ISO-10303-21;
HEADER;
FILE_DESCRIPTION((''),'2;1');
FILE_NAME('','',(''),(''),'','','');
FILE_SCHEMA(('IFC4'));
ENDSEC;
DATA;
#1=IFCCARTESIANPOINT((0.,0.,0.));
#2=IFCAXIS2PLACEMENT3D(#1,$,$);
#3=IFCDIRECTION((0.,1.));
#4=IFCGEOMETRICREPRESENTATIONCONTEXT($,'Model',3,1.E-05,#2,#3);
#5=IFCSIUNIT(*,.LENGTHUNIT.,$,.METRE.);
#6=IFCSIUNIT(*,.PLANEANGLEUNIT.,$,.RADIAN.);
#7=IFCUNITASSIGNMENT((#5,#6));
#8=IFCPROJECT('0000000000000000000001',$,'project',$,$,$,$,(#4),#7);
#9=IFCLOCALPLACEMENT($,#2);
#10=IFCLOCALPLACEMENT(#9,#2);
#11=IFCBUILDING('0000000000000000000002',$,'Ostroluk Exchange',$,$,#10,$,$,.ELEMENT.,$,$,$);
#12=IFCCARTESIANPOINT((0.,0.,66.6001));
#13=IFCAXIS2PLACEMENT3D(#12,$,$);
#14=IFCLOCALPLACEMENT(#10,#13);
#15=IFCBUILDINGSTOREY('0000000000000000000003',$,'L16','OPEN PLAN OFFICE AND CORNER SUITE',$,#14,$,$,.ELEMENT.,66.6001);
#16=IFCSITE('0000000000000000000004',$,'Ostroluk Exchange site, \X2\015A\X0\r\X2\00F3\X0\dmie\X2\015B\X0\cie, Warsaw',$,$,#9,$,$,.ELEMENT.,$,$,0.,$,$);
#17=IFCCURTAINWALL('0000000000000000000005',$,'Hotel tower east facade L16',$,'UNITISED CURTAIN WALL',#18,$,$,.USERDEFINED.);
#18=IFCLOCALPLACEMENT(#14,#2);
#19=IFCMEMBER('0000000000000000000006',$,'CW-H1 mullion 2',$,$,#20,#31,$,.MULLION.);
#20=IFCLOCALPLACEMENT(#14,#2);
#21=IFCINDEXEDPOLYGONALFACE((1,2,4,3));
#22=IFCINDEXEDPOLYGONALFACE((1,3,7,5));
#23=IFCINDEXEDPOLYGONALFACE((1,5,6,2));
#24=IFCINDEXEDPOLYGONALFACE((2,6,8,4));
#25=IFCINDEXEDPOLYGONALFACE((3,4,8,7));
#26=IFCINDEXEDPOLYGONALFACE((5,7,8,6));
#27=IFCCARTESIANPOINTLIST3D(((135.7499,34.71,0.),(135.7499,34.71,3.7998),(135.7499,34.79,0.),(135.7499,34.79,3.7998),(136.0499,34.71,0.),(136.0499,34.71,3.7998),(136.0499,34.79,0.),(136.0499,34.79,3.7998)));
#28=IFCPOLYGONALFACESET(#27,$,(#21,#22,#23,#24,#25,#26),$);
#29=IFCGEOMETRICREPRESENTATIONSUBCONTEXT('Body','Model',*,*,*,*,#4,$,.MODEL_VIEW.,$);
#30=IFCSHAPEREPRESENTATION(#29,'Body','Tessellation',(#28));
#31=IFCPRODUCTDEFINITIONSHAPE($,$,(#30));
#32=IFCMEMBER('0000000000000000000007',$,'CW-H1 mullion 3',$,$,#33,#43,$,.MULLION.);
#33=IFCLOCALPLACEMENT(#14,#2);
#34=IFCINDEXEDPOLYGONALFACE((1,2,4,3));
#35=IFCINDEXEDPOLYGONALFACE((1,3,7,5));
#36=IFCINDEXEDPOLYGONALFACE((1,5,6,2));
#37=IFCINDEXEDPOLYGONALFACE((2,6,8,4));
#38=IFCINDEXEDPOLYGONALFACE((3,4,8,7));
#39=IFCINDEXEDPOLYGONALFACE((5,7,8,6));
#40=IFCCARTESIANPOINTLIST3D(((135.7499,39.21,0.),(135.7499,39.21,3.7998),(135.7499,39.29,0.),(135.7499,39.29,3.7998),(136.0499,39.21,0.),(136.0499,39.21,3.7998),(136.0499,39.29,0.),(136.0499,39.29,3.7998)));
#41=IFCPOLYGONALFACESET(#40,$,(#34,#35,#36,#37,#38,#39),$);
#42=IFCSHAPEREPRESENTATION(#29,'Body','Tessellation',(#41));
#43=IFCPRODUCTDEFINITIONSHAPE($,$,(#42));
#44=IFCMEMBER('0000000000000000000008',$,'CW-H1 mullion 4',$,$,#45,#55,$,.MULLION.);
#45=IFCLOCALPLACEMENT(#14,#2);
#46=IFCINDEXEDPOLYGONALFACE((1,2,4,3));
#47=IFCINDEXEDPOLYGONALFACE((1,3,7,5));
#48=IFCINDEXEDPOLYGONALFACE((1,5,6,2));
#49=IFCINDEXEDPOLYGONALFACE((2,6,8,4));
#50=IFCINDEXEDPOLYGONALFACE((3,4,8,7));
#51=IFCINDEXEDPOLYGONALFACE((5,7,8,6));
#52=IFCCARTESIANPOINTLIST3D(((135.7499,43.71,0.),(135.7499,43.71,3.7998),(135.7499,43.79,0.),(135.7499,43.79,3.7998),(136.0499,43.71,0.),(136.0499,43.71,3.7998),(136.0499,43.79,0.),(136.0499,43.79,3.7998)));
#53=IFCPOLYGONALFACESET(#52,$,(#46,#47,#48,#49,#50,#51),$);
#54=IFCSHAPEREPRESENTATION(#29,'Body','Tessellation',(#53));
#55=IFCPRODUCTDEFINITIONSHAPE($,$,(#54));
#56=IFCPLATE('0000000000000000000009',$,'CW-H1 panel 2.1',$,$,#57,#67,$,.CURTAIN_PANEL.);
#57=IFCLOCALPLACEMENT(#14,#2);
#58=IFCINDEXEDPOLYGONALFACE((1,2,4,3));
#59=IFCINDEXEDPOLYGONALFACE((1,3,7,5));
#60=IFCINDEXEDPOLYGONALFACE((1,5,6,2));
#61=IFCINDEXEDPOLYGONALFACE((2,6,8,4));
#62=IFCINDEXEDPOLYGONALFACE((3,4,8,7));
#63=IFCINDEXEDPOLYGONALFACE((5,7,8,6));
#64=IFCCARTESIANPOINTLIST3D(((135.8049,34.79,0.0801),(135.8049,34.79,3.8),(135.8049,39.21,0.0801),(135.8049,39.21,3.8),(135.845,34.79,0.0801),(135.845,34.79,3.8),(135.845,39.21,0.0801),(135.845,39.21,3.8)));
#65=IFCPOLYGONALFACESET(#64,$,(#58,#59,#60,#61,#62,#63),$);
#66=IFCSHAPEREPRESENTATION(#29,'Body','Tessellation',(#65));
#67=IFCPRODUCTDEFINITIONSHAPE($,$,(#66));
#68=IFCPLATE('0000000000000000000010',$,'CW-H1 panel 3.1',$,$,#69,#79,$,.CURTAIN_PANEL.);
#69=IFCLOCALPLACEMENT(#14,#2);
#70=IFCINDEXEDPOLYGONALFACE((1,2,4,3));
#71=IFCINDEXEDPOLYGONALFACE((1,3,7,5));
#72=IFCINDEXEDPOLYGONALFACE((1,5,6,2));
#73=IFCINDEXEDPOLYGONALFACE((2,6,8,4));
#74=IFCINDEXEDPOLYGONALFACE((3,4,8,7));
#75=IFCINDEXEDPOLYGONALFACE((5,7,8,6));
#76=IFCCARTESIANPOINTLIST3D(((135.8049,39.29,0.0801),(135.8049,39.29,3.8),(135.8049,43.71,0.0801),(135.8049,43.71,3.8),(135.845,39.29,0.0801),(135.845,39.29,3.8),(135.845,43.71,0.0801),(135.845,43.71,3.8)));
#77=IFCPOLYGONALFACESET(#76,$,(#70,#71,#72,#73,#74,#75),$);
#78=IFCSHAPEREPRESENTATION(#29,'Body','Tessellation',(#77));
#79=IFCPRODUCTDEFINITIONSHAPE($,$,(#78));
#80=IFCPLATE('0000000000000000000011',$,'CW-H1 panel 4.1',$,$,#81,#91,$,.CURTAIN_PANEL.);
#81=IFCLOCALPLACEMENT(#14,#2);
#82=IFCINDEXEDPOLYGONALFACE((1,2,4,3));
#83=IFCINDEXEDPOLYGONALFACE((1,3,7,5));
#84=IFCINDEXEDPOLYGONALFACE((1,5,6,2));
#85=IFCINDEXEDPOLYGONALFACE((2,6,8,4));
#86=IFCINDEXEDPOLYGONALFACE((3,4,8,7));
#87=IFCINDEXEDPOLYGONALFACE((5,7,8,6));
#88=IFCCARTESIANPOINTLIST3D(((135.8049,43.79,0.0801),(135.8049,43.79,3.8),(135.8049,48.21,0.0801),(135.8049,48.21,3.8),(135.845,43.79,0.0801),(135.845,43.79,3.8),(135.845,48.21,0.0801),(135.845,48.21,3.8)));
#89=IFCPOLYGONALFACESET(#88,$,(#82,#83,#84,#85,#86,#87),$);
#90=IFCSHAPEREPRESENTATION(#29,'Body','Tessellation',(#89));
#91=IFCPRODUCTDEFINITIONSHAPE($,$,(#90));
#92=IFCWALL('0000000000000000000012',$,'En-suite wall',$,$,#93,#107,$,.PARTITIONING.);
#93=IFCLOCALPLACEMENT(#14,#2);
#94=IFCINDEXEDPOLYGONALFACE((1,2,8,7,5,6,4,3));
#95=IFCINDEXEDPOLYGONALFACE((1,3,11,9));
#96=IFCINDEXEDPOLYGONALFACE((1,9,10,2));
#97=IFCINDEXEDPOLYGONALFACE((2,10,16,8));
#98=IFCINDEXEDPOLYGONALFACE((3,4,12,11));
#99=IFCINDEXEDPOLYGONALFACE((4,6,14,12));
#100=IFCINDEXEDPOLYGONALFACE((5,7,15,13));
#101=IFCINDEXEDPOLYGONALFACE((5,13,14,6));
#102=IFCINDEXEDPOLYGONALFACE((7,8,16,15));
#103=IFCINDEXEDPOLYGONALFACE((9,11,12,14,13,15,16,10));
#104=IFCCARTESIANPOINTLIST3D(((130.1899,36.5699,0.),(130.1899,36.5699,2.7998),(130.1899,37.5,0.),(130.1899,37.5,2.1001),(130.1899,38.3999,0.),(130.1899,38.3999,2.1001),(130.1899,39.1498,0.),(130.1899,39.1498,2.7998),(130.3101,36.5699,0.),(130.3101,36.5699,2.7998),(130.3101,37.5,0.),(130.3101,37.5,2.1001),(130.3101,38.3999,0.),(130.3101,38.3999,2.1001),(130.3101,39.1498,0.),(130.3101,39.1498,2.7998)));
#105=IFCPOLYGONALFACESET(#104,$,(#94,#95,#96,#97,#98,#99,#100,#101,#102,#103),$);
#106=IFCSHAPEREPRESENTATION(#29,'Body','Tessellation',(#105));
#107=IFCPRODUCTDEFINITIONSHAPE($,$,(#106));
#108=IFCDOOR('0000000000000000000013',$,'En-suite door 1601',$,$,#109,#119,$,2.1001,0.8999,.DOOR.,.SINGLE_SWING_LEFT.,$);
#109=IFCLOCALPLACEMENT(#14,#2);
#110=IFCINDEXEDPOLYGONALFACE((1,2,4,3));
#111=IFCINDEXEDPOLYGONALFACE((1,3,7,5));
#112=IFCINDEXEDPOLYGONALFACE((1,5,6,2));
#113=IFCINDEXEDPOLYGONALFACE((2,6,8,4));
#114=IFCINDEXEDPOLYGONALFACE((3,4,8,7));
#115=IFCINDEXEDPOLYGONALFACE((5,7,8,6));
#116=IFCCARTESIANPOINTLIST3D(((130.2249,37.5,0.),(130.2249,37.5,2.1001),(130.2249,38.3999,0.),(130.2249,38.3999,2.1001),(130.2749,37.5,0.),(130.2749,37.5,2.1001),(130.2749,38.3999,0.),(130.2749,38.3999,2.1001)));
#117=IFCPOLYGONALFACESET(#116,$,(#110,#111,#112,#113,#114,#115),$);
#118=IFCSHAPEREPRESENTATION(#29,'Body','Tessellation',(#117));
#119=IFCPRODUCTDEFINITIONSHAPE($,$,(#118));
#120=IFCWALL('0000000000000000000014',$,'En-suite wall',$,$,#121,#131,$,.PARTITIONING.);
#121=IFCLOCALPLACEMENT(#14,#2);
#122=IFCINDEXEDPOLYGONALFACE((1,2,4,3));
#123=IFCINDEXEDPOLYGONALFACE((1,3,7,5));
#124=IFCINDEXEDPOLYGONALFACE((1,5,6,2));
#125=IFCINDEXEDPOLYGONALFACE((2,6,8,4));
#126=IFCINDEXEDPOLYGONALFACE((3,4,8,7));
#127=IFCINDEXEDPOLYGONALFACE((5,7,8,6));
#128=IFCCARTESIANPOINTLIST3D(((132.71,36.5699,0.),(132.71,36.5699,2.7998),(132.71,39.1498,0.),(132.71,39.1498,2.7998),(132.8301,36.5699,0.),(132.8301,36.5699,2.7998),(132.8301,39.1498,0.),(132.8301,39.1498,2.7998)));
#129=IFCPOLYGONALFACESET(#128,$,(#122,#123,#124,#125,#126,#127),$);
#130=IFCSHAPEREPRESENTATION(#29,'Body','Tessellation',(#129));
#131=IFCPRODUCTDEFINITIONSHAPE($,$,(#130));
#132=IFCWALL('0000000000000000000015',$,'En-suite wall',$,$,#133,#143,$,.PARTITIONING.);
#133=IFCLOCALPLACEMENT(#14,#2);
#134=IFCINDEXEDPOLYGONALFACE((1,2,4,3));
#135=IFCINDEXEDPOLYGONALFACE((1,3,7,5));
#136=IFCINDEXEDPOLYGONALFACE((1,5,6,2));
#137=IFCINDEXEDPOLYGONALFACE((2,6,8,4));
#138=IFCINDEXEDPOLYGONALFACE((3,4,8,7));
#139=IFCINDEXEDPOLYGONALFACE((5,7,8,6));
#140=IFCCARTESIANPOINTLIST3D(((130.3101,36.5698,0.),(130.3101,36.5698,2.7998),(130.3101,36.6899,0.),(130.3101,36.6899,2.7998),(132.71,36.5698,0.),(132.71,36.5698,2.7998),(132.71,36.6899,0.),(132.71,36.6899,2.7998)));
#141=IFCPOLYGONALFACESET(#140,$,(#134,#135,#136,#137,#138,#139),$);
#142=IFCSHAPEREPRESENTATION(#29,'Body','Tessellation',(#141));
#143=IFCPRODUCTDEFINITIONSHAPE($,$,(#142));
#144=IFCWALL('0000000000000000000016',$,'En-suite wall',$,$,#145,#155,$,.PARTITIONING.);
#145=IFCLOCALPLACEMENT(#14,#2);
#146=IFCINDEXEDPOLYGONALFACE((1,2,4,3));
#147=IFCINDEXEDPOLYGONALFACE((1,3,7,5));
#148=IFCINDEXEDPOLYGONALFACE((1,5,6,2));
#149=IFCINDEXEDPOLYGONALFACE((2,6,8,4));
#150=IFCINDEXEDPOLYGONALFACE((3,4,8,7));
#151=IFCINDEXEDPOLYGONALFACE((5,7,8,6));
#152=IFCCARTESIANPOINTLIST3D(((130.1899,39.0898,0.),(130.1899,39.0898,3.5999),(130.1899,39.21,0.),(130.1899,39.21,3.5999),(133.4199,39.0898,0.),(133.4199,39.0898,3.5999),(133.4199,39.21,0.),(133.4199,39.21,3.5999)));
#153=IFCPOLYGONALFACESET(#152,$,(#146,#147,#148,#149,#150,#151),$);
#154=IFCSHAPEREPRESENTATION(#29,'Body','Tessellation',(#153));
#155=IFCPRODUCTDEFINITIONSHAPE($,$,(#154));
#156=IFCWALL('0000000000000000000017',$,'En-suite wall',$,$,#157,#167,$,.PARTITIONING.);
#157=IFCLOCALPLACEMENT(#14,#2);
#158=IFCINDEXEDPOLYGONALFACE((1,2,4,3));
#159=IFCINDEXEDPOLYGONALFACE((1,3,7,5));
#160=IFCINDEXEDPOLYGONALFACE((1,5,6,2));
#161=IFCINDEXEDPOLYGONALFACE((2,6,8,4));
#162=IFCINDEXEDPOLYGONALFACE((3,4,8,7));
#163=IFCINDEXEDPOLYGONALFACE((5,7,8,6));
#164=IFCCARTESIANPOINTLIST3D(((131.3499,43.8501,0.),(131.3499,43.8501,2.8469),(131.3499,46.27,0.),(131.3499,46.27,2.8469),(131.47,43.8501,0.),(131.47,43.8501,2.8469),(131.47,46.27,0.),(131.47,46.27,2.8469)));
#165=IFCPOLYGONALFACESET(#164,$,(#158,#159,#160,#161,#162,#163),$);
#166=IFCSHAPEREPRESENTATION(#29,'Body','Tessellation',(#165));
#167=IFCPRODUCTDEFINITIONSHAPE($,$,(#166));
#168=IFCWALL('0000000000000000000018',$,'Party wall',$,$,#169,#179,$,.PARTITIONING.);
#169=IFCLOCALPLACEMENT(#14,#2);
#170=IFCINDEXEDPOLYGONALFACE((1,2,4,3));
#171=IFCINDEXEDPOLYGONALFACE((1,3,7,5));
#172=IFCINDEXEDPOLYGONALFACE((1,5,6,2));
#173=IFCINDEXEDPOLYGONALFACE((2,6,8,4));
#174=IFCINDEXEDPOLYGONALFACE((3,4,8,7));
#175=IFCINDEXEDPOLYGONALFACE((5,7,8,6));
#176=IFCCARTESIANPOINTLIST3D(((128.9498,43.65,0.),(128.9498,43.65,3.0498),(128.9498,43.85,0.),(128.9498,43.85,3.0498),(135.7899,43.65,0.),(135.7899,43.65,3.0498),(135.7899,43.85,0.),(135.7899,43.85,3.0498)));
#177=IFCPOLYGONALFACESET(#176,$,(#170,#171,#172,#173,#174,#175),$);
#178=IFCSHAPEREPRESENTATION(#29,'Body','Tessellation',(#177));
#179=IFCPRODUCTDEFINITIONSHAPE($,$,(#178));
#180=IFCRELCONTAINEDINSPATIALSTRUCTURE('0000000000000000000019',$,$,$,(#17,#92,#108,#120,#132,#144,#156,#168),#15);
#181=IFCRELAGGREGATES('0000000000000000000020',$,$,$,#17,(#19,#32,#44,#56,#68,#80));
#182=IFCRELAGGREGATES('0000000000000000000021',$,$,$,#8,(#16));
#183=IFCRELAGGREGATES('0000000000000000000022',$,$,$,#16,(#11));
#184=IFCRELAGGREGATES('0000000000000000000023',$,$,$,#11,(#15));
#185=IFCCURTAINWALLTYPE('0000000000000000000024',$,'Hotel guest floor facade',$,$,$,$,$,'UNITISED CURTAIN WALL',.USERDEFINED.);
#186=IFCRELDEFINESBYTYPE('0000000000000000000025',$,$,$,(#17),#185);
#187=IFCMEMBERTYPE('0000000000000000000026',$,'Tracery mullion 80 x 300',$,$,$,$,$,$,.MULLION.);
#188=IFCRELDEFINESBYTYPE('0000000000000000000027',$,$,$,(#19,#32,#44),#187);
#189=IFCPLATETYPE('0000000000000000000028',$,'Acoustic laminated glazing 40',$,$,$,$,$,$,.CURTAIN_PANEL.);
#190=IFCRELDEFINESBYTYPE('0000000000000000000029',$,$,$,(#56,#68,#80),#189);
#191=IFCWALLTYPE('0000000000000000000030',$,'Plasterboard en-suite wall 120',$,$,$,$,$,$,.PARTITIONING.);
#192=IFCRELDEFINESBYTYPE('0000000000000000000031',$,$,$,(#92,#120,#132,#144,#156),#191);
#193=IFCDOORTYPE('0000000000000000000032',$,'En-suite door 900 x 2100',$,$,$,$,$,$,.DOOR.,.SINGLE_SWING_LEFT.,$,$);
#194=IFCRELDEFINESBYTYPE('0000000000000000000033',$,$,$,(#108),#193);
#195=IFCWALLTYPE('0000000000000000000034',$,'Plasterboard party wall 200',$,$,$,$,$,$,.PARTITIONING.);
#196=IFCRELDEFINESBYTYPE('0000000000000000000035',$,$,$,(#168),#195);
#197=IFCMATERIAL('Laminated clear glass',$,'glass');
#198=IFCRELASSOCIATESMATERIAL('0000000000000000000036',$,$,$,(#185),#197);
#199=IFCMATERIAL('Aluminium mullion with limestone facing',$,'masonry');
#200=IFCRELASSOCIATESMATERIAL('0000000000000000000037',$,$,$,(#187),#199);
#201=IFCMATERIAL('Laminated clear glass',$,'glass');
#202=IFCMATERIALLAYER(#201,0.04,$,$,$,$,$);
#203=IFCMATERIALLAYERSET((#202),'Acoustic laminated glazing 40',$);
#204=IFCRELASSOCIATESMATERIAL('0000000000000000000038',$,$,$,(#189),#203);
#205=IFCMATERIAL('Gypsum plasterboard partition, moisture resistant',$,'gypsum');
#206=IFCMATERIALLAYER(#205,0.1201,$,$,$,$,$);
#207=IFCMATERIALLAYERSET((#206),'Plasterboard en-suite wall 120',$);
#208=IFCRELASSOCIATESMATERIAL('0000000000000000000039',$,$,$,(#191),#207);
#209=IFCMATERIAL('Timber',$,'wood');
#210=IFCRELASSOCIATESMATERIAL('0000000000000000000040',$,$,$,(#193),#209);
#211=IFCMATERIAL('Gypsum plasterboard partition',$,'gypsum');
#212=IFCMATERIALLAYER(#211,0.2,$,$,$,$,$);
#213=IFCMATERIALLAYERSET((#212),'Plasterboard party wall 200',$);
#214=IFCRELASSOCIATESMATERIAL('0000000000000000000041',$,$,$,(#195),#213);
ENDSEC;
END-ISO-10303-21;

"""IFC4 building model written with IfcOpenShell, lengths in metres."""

from ifc_helpers import new_model, si_unit, direction, frame, frame_2d, origin, origin_2d, place, context, subcontext, project, spatial, rectangle, extrude, material, layer, layer_set, material_profile, profile_set, type_object, element, fill, aggregate, save


model = new_model("IFC4")

# Units and contexts
model_context = context("Model", 3, precision=1e-05, world=origin(), true_north=direction((0.0, 1.0)))
body_context = subcontext(model_context, "Body", "Model", "MODEL_VIEW")
ifc_project = project(units=[si_unit("LENGTHUNIT", "METRE"), si_unit("PLANEANGLEUNIT", "RADIAN")], contexts=[model_context])

# Site, building, storey
site_placement = place(None, origin())
site = spatial("IfcSite", under=ifc_project, at=site_placement, Name="Ostroluk Exchange site, Śródmieście, Warsaw", CompositionType="ELEMENT", RefElevation=0.0)
building_placement = place(site_placement, origin())
building = spatial("IfcBuilding", under=site, at=building_placement, Name="Ostroluk Exchange", CompositionType="ELEMENT")
storey_placement = place(building_placement, frame((0.0, 0.0, 66.6001)))
storey = spatial("IfcBuildingStorey", under=building, at=storey_placement, Name="L16", Description="OPEN PLAN OFFICE AND CORNER SUITE", CompositionType="ELEMENT", Elevation=66.6001)

# Curtain wall, members, plates
ifc_material_1 = material(Name="Laminated clear glass", Category="glass")
curtain_wall_type = type_object("IfcCurtainWallType", Name="Hotel guest floor facade", ElementType="UNITISED CURTAIN WALL", PredefinedType="USERDEFINED", material=ifc_material_1)
curtain_wall_placement = place(storey_placement, origin())
curtain_wall = element("IfcCurtainWall", 1, at=curtain_wall_placement, inside=storey, type_object=curtain_wall_type, Name="Hotel tower east facade L16", ObjectType="UNITISED CURTAIN WALL", PredefinedType="USERDEFINED")
ifc_material_2 = material(Name="Aluminium mullion with limestone facing", Category="masonry")
ifc_material_profile_1 = material_profile(ifc_material_2, rectangle(XDim=0.3, YDim=0.0801, at=origin_2d()), Name="Tracery mullion 80 x 300")
ifc_profile_set_1 = profile_set([ifc_material_profile_1], Name="Aluminium mullion with limestone facing")
member_type_1 = type_object("IfcMemberType", Name="Tracery mullion 80 x 300", PredefinedType="MULLION", material=ifc_profile_set_1)
member_1_placement = place(storey_placement, frame((135.8999, 34.75, 0.0), z_axis=(0.0, 0.0, 1.0), x_axis=(-1.0, 0.0, 0.0)))
member_1 = element("IfcMember", 2, at=member_1_placement, type_object=member_type_1, Name="CW-H1 mullion 2", PredefinedType="MULLION", context=body_context, shape_type="SweptSolid", body=[
    extrude(rectangle(XDim=0.3, YDim=0.0801, at=origin_2d()), origin(), (0.0, 0.0, 1.0), 3.7998),
])
member_2_placement = place(storey_placement, frame((135.8999, 39.25, 0.0), z_axis=(0.0, 0.0, 1.0), x_axis=(-1.0, 0.0, 0.0)))
member_2 = element("IfcMember", 3, at=member_2_placement, type_object=member_type_1, Name="CW-H1 mullion 3", PredefinedType="MULLION", context=body_context, shape_type="SweptSolid", body=[
    extrude(rectangle(XDim=0.3, YDim=0.0801, at=origin_2d()), origin(), (0.0, 0.0, 1.0), 3.7998),
])
member_3_placement = place(storey_placement, frame((135.8999, 43.75, 0.0), z_axis=(0.0, 0.0, 1.0), x_axis=(-1.0, 0.0, 0.0)))
member_3 = element("IfcMember", 4, at=member_3_placement, type_object=member_type_1, Name="CW-H1 mullion 4", PredefinedType="MULLION", context=body_context, shape_type="SweptSolid", body=[
    extrude(rectangle(XDim=0.3, YDim=0.0801, at=origin_2d()), origin(), (0.0, 0.0, 1.0), 3.7998),
])
ifc_material_3 = material(Name="Laminated clear glass", Category="glass")
ifc_layer_1 = layer(ifc_material_3, 0.04)
ifc_layer_set_1 = layer_set([ifc_layer_1], Name="Acoustic laminated glazing 40")
plate_type = type_object("IfcPlateType", Name="Acoustic laminated glazing 40", PredefinedType="CURTAIN_PANEL", material=ifc_layer_set_1)
plate_1_placement = place(storey_placement, frame((135.825, 37.0, 0.0801), z_axis=(0.0, 0.0, 1.0), x_axis=(0.0, 1.0, 0.0)))
plate_1 = element("IfcPlate", 5, at=plate_1_placement, type_object=plate_type, Name="CW-H1 panel 2.1", PredefinedType="CURTAIN_PANEL", context=body_context, shape_type="SweptSolid", body=[
    extrude(rectangle(XDim=4.4199, YDim=0.04, at=origin_2d()), origin(), (0.0, 0.0, 1.0), 3.72),
])
plate_2_placement = place(storey_placement, frame((135.825, 41.5, 0.0801), z_axis=(0.0, 0.0, 1.0), x_axis=(0.0, 1.0, 0.0)))
plate_2 = element("IfcPlate", 6, at=plate_2_placement, type_object=plate_type, Name="CW-H1 panel 3.1", PredefinedType="CURTAIN_PANEL", context=body_context, shape_type="SweptSolid", body=[
    extrude(rectangle(XDim=4.4199, YDim=0.04, at=origin_2d()), origin(), (0.0, 0.0, 1.0), 3.72),
])
plate_3_placement = place(storey_placement, frame((135.825, 46.0, 0.0801), z_axis=(0.0, 0.0, 1.0), x_axis=(0.0, 1.0, 0.0)))
plate_3 = element("IfcPlate", 7, at=plate_3_placement, type_object=plate_type, Name="CW-H1 panel 4.1", PredefinedType="CURTAIN_PANEL", context=body_context, shape_type="SweptSolid", body=[
    extrude(rectangle(XDim=4.4199, YDim=0.04, at=origin_2d()), origin(), (0.0, 0.0, 1.0), 3.72),
])
aggregate(curtain_wall, [member_1, member_2, member_3, plate_1, plate_2, plate_3])

# Wall, opening, door
ifc_material_4 = material(Name="Gypsum plasterboard partition, moisture resistant", Category="gypsum")
ifc_layer_2 = layer(ifc_material_4, 0.1201)
ifc_layer_set_2 = layer_set([ifc_layer_2], Name="Plasterboard en-suite wall 120")
wall_type_1 = type_object("IfcWallType", Name="Plasterboard en-suite wall 120", PredefinedType="PARTITIONING", material=ifc_layer_set_2)
wall_1_placement = place(storey_placement, frame((130.25, 39.1499, 0.0), z_axis=(0.0, 0.0, 1.0), x_axis=(0.0, -1.0, 0.0)))
wall_1 = element("IfcWall", 8, at=wall_1_placement, inside=storey, type_object=wall_type_1, Name="En-suite wall", PredefinedType="PARTITIONING", context=body_context, shape_type="SweptSolid", body=[
    extrude(rectangle(XDim=2.5798, YDim=0.1201, at=frame_2d((1.29, 0.0))), origin(), (0.0, 0.0, 1.0), 2.7998),
])
opening_placement = place(wall_1_placement, frame((0.75, 0.0, 0.0)))
opening = element("IfcOpeningElement", 9, at=opening_placement, cuts=wall_1, PredefinedType="OPENING", context=body_context, shape_type="SweptSolid", body=[
    extrude(rectangle(XDim=0.8999, YDim=2.1001, at=frame_2d((0.45, 1.05))), frame((0.0, 0.0701, 0.0), z_axis=(0.0, -1.0, 0.0), x_axis=(1.0, 0.0, 0.0)), (0.0, 0.0, 1.0), 0.1401),
])
ifc_material_5 = material(Name="Timber", Category="wood")
door_type = type_object("IfcDoorType", Name="En-suite door 900 x 2100", OperationType="SINGLE_SWING_LEFT", PredefinedType="DOOR", material=ifc_material_5)
door_placement = place(opening_placement, origin())
door = element("IfcDoor", 10, at=door_placement, inside=storey, type_object=door_type, Name="En-suite door 1601", OperationType="SINGLE_SWING_LEFT", OverallHeight=2.1001, OverallWidth=0.8999, PredefinedType="DOOR", context=body_context, shape_type="SweptSolid", body=[
    extrude(rectangle(XDim=0.8999, YDim=2.1001, at=frame_2d((0.45, 1.05))), frame((0.0, 0.0249, 0.0), z_axis=(0.0, -1.0, 0.0), x_axis=(1.0, 0.0, 0.0)), (0.0, 0.0, 1.0), 0.05),
])
fill(opening, door)

# Walls
wall_2_placement = place(storey_placement, frame((132.77, 39.1499, 0.0), z_axis=(0.0, 0.0, 1.0), x_axis=(0.0, -1.0, 0.0)))
element("IfcWall", 11, at=wall_2_placement, inside=storey, type_object=wall_type_1, Name="En-suite wall", PredefinedType="PARTITIONING", context=body_context, shape_type="SweptSolid", body=[
    extrude(rectangle(XDim=2.5798, YDim=0.1201, at=frame_2d((1.29, 0.0))), origin(), (0.0, 0.0, 1.0), 2.7998),
])
wall_3_placement = place(storey_placement, frame((130.3101, 36.6299, 0.0), z_axis=(0.0, 0.0, 1.0), x_axis=(1.0, 0.0, 0.0)))
element("IfcWall", 12, at=wall_3_placement, inside=storey, type_object=wall_type_1, Name="En-suite wall", PredefinedType="PARTITIONING", context=body_context, shape_type="SweptSolid", body=[
    extrude(rectangle(XDim=2.3999, YDim=0.1201, at=frame_2d((1.2, 0.0))), origin(), (0.0, 0.0, 1.0), 2.7998),
])
wall_4_placement = place(storey_placement, frame((130.1899, 39.1499, 0.0), z_axis=(0.0, 0.0, 1.0), x_axis=(1.0, 0.0, 0.0)))
element("IfcWall", 13, at=wall_4_placement, inside=storey, type_object=wall_type_1, Name="En-suite wall", PredefinedType="PARTITIONING", context=body_context, shape_type="SweptSolid", body=[
    extrude(rectangle(XDim=3.23, YDim=0.1201, at=frame_2d((1.615, 0.0))), origin(), (0.0, 0.0, 1.0), 3.5999),
])
wall_5_placement = place(storey_placement, frame((131.4099, 43.8501, 0.0), z_axis=(0.0, 0.0, 1.0), x_axis=(0.0, 1.0, 0.0)))
element("IfcWall", 14, at=wall_5_placement, inside=storey, type_object=wall_type_1, Name="En-suite wall", PredefinedType="PARTITIONING", context=body_context, shape_type="SweptSolid", body=[
    extrude(rectangle(XDim=2.4199, YDim=0.1201, at=frame_2d((1.21, 0.0))), origin(), (0.0, 0.0, 1.0), 2.8469),
])
ifc_material_6 = material(Name="Gypsum plasterboard partition", Category="gypsum")
ifc_layer_3 = layer(ifc_material_6, 0.2)
ifc_layer_set_3 = layer_set([ifc_layer_3], Name="Plasterboard party wall 200")
wall_type_2 = type_object("IfcWallType", Name="Plasterboard party wall 200", PredefinedType="PARTITIONING", material=ifc_layer_set_3)
wall_6_placement = place(storey_placement, frame((128.95, 43.75, 0.0), z_axis=(0.0, 0.0, 1.0), x_axis=(1.0, 0.0, 0.0)))
element("IfcWall", 15, at=wall_6_placement, inside=storey, type_object=wall_type_2, Name="Party wall", PredefinedType="PARTITIONING", context=body_context, shape_type="SweptSolid", body=[
    extrude(rectangle(XDim=6.8401, YDim=0.2, at=frame_2d((3.4199, 0.0))), origin(), (0.0, 0.0, 1.0), 3.0498),
])

save(model, "model.ifc")
